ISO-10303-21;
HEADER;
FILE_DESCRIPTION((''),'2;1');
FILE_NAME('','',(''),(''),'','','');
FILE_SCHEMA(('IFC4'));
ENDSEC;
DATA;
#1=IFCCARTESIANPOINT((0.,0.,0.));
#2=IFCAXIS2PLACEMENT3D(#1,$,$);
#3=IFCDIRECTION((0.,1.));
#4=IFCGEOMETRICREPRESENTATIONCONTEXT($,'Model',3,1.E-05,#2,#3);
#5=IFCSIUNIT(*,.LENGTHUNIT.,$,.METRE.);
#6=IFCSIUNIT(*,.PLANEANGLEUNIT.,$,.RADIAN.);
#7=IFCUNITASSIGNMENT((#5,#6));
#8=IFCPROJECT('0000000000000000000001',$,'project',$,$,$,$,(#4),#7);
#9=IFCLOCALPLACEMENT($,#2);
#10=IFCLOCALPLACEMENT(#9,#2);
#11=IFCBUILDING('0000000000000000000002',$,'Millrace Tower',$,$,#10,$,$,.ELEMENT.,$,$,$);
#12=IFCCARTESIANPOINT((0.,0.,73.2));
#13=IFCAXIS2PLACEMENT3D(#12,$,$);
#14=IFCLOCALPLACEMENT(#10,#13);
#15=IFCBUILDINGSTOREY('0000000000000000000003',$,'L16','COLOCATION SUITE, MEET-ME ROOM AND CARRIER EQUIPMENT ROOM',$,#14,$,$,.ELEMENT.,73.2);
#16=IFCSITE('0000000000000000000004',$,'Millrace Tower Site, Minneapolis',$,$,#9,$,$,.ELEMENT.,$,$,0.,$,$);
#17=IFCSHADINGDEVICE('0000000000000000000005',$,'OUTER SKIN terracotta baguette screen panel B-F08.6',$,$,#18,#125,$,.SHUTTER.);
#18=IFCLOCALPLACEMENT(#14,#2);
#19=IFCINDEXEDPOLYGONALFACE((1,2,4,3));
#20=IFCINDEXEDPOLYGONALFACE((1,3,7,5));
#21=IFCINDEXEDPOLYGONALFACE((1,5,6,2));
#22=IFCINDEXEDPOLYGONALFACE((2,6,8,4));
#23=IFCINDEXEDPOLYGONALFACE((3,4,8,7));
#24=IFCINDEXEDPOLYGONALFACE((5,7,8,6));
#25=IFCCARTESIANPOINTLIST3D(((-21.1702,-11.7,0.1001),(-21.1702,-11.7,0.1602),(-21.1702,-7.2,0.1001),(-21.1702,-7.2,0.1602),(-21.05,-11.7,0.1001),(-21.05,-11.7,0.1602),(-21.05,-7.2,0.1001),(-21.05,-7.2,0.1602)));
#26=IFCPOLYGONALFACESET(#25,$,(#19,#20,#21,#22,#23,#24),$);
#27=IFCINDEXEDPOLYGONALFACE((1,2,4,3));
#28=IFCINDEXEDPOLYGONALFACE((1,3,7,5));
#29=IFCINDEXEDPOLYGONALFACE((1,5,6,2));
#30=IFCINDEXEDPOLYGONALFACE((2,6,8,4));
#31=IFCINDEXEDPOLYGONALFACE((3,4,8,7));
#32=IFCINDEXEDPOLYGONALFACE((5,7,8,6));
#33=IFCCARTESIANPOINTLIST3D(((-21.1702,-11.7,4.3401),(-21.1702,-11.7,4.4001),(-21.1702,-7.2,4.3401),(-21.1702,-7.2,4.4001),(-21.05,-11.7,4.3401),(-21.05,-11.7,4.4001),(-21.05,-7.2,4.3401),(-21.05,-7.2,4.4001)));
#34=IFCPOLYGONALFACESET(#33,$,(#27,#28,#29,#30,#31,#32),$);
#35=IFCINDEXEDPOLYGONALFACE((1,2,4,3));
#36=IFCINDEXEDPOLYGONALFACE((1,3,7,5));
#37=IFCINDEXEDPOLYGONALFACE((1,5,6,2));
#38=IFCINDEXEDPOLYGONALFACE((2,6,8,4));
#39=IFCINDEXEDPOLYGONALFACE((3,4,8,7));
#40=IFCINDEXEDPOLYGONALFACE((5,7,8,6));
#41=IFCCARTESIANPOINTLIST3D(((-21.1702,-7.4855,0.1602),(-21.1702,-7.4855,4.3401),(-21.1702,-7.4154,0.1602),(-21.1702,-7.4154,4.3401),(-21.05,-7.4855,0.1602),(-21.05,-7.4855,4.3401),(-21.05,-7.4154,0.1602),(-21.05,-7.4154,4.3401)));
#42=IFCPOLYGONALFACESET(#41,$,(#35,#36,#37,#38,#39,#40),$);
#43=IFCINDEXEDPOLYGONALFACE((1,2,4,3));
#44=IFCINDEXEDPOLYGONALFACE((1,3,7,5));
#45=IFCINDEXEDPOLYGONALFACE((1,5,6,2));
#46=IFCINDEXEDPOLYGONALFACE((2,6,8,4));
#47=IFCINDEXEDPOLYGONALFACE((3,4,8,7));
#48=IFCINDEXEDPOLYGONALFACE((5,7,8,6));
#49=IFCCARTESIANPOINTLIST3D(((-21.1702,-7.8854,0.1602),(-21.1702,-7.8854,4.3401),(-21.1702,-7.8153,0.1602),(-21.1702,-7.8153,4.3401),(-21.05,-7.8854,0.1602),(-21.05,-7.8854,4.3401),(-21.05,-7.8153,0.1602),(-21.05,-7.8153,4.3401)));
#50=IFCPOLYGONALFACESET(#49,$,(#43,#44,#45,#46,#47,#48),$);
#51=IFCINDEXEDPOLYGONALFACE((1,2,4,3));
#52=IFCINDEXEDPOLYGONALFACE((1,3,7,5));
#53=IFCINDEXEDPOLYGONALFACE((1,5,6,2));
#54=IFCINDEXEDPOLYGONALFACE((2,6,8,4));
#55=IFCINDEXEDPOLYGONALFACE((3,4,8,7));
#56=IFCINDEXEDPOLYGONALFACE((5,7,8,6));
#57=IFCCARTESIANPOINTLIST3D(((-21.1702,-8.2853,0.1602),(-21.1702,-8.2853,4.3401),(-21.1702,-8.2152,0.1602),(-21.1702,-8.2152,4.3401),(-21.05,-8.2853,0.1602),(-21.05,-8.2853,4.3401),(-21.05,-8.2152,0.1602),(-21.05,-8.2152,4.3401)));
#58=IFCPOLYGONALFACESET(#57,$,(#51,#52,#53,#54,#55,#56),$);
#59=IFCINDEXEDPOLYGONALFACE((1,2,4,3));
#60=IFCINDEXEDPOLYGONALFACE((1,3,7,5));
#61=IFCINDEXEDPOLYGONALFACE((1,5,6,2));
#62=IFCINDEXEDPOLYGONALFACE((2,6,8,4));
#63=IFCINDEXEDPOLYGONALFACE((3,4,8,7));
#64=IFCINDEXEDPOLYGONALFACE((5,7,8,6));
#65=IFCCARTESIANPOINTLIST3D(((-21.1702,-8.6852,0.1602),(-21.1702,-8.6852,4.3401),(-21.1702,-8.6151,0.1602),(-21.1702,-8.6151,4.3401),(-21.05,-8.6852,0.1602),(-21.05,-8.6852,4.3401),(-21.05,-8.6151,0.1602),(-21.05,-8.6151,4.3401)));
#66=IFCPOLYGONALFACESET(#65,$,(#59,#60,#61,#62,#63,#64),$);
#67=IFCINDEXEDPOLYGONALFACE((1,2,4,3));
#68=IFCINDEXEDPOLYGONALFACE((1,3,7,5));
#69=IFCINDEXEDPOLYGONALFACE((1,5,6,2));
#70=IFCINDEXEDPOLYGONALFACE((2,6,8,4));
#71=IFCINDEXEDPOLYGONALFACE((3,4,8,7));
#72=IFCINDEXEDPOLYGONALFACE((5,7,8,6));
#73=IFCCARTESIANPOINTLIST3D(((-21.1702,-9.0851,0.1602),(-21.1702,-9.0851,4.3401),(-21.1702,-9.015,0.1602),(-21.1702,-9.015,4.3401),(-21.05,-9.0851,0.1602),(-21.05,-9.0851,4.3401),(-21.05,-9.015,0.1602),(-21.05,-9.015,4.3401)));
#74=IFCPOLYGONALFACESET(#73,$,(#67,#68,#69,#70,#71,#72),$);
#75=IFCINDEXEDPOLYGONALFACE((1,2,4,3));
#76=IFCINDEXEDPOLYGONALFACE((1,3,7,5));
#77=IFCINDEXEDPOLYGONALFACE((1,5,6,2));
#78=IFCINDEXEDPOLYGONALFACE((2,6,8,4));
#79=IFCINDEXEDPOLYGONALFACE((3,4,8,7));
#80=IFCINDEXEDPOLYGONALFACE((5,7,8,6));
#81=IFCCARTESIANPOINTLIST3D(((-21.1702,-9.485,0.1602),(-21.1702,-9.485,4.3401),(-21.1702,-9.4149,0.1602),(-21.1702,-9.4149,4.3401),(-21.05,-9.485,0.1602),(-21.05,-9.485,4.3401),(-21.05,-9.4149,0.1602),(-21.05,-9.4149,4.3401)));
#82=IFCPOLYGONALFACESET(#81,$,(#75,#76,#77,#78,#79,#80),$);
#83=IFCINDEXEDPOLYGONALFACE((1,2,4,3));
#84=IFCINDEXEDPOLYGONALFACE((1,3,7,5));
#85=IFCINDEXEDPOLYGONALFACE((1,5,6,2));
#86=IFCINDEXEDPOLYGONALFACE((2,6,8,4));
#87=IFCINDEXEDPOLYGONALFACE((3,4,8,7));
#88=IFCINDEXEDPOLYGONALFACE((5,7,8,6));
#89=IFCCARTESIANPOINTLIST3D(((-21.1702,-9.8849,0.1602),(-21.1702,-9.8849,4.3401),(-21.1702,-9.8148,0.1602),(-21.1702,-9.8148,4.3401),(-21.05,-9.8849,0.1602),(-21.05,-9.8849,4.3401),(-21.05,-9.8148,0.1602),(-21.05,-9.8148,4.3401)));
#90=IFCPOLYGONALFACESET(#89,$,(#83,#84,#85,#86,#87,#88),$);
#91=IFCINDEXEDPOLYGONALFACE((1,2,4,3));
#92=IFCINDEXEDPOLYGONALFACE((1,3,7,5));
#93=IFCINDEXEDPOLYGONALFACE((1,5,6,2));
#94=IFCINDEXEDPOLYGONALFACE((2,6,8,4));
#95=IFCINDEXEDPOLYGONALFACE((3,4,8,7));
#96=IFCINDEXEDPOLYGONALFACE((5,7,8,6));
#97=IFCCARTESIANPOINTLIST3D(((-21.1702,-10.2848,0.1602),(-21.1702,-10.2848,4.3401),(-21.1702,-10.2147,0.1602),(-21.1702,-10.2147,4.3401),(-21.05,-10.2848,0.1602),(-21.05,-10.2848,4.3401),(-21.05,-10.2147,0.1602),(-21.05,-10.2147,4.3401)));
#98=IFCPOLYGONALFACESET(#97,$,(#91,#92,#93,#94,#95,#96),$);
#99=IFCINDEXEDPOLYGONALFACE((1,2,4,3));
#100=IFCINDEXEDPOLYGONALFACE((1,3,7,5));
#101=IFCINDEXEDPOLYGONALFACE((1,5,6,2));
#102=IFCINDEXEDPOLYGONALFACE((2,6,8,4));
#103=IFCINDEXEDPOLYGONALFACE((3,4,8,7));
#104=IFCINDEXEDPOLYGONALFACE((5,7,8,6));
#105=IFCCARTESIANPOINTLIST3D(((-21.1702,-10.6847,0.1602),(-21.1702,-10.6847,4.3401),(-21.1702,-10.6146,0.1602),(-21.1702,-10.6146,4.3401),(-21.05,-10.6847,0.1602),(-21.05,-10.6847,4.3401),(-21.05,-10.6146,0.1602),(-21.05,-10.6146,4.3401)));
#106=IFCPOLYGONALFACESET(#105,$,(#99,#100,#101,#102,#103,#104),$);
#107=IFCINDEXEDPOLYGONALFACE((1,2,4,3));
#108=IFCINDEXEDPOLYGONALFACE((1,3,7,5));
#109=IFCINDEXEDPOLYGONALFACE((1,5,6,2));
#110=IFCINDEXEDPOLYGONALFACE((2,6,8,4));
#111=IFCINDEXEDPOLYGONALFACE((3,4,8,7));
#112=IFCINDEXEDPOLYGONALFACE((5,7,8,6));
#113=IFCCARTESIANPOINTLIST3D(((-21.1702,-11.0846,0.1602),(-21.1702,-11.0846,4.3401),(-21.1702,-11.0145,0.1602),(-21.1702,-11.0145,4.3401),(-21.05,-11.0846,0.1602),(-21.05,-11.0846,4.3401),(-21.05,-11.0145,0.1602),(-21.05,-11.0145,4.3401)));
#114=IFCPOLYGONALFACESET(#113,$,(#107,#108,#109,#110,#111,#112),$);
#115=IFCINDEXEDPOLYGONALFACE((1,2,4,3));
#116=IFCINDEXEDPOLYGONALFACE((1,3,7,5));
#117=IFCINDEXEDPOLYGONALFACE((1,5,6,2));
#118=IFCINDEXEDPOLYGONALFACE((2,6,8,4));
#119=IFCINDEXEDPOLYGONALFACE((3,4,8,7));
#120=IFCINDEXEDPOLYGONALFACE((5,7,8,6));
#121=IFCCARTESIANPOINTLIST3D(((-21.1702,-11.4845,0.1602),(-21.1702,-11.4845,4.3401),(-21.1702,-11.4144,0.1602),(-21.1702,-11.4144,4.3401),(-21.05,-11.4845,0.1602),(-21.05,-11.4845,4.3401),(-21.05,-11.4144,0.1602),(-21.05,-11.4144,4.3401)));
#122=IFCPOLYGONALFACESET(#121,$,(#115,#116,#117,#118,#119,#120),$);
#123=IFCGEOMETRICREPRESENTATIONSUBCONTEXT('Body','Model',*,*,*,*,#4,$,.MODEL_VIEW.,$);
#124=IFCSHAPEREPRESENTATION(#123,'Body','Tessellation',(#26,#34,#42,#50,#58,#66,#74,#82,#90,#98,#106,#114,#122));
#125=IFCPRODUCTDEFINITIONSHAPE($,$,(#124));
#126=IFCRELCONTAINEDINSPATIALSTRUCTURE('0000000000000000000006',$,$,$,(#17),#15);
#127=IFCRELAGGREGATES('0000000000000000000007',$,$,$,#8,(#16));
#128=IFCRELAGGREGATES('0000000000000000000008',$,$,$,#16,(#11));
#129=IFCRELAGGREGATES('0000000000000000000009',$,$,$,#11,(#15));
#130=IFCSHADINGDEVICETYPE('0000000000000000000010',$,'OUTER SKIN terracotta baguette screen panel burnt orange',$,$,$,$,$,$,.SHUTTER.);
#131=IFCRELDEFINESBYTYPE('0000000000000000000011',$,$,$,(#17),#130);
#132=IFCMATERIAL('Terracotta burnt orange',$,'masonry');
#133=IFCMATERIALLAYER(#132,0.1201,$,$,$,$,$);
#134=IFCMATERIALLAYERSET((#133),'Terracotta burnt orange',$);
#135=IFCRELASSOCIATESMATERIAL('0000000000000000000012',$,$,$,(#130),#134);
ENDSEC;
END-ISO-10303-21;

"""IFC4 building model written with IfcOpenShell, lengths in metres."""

from ifc_helpers import new_model, entity, si_unit, direction, frame, frame_2d, origin, origin_2d, place, context, subcontext, project, spatial, rectangle, extrude, source, transform, mapped, material, layer, layer_set, type_object, element, save


model = new_model("IFC4")

# Units and contexts
model_context = context("Model", 3, precision=1e-05, world=origin(), true_north=direction((0.0, 1.0)))
body_context = subcontext(model_context, "Body", "Model", "MODEL_VIEW")
ifc_project = project(units=[si_unit("LENGTHUNIT", "METRE"), si_unit("PLANEANGLEUNIT", "RADIAN")], contexts=[model_context])

# Site, building, storey
site_placement = place(None, origin())
site = spatial("IfcSite", under=ifc_project, at=site_placement, Name="Millrace Tower Site, Minneapolis", CompositionType="ELEMENT", RefElevation=0.0)
building_placement = place(site_placement, origin())
building = spatial("IfcBuilding", under=site, at=building_placement, Name="Millrace Tower", CompositionType="ELEMENT")
storey_placement = place(building_placement, frame((0.0, 0.0, 73.2)))
storey = spatial("IfcBuildingStorey", under=building, at=storey_placement, Name="L16", Description="COLOCATION SUITE, MEET-ME ROOM AND CARRIER EQUIPMENT ROOM", CompositionType="ELEMENT", Elevation=73.2)

# Shading device
ifc_material_1 = material(Name="Terracotta burnt orange", Category="masonry")
ifc_layer_1 = layer(ifc_material_1, 0.1201)
ifc_layer_set_1 = layer_set([ifc_layer_1], Name="Terracotta burnt orange")
shading_device_type = type_object("IfcShadingDeviceType", Name="OUTER SKIN terracotta baguette screen panel burnt orange", PredefinedType="SHUTTER", material=ifc_layer_set_1)
cartesian_point = entity("IfcCartesianPoint", [-2.25, 0.0601])
shared_polyline = entity("IfcPolyline", [cartesian_point, entity("IfcCartesianPoint", [2.25, 0.0601]), entity("IfcCartesianPoint", [2.25, -0.0601]), entity("IfcCartesianPoint", [-2.25, -0.0601]), cartesian_point])
shared_shape = source(origin(), body_context, "Body", "SweptSolid", [
    entity("IfcExtrudedAreaSolid", entity("IfcArbitraryClosedProfileDef", "AREA", None, shared_polyline), entity("IfcAxis2Placement3D", entity("IfcCartesianPoint", [0.0, 0.0, 0.0])), entity("IfcDirection", [0.0, 0.0, 1.0]), 0.0601),
    entity("IfcExtrudedAreaSolid", entity("IfcArbitraryClosedProfileDef", "AREA", None, shared_polyline), entity("IfcAxis2Placement3D", entity("IfcCartesianPoint", [0.0, 0.0, 4.24])), entity("IfcDirection", [0.0, 0.0, 1.0]), 0.0601),
    extrude(rectangle(XDim=0.0701, YDim=0.1201, at=frame_2d((-1.9995, 0.0))), frame((0.0, 0.0, 0.0601)), (0.0, 0.0, 1.0), 4.1799),
    extrude(rectangle(XDim=0.0701, YDim=0.1201, at=frame_2d((-1.5996, 0.0))), frame((0.0, 0.0, 0.0601)), (0.0, 0.0, 1.0), 4.1799),
    extrude(rectangle(XDim=0.0701, YDim=0.1201, at=frame_2d((-1.1997, 0.0))), frame((0.0, 0.0, 0.0601)), (0.0, 0.0, 1.0), 4.1799),
    extrude(rectangle(XDim=0.0701, YDim=0.1201, at=frame_2d((-0.7998, 0.0))), frame((0.0, 0.0, 0.0601)), (0.0, 0.0, 1.0), 4.1799),
    extrude(rectangle(XDim=0.0701, YDim=0.1201, at=frame_2d((-0.3999, 0.0))), frame((0.0, 0.0, 0.0601)), (0.0, 0.0, 1.0), 4.1799),
    extrude(rectangle(XDim=0.0701, YDim=0.1201, at=origin_2d()), frame((0.0, 0.0, 0.0601)), (0.0, 0.0, 1.0), 4.1799),
    extrude(rectangle(XDim=0.0701, YDim=0.1201, at=frame_2d((0.3999, 0.0))), frame((0.0, 0.0, 0.0601)), (0.0, 0.0, 1.0), 4.1799),
    extrude(rectangle(XDim=0.0701, YDim=0.1201, at=frame_2d((0.7998, 0.0))), frame((0.0, 0.0, 0.0601)), (0.0, 0.0, 1.0), 4.1799),
    extrude(rectangle(XDim=0.0701, YDim=0.1201, at=frame_2d((1.1997, 0.0))), frame((0.0, 0.0, 0.0601)), (0.0, 0.0, 1.0), 4.1799),
    extrude(rectangle(XDim=0.0701, YDim=0.1201, at=frame_2d((1.5996, 0.0))), frame((0.0, 0.0, 0.0601)), (0.0, 0.0, 1.0), 4.1799),
    extrude(rectangle(XDim=0.0701, YDim=0.1201, at=frame_2d((1.9995, 0.0))), frame((0.0, 0.0, 0.0601)), (0.0, 0.0, 1.0), 4.1799),
])
shading_device_placement = place(storey_placement, frame((-21.1101, -9.45, 0.1001), z_axis=(0.0, 0.0, 1.0), x_axis=(0.0, -1.0, 0.0)))
element("IfcShadingDevice", 1, at=shading_device_placement, inside=storey, type_object=shading_device_type, Name="OUTER SKIN terracotta baguette screen panel B-F08.6", PredefinedType="SHUTTER", context=body_context, shape_type="MappedRepresentation", body=[
    mapped(shared_shape, transform((0.0, 0.0, 0.0), scale=1.0)),
])

save(model, "model.ifc")
